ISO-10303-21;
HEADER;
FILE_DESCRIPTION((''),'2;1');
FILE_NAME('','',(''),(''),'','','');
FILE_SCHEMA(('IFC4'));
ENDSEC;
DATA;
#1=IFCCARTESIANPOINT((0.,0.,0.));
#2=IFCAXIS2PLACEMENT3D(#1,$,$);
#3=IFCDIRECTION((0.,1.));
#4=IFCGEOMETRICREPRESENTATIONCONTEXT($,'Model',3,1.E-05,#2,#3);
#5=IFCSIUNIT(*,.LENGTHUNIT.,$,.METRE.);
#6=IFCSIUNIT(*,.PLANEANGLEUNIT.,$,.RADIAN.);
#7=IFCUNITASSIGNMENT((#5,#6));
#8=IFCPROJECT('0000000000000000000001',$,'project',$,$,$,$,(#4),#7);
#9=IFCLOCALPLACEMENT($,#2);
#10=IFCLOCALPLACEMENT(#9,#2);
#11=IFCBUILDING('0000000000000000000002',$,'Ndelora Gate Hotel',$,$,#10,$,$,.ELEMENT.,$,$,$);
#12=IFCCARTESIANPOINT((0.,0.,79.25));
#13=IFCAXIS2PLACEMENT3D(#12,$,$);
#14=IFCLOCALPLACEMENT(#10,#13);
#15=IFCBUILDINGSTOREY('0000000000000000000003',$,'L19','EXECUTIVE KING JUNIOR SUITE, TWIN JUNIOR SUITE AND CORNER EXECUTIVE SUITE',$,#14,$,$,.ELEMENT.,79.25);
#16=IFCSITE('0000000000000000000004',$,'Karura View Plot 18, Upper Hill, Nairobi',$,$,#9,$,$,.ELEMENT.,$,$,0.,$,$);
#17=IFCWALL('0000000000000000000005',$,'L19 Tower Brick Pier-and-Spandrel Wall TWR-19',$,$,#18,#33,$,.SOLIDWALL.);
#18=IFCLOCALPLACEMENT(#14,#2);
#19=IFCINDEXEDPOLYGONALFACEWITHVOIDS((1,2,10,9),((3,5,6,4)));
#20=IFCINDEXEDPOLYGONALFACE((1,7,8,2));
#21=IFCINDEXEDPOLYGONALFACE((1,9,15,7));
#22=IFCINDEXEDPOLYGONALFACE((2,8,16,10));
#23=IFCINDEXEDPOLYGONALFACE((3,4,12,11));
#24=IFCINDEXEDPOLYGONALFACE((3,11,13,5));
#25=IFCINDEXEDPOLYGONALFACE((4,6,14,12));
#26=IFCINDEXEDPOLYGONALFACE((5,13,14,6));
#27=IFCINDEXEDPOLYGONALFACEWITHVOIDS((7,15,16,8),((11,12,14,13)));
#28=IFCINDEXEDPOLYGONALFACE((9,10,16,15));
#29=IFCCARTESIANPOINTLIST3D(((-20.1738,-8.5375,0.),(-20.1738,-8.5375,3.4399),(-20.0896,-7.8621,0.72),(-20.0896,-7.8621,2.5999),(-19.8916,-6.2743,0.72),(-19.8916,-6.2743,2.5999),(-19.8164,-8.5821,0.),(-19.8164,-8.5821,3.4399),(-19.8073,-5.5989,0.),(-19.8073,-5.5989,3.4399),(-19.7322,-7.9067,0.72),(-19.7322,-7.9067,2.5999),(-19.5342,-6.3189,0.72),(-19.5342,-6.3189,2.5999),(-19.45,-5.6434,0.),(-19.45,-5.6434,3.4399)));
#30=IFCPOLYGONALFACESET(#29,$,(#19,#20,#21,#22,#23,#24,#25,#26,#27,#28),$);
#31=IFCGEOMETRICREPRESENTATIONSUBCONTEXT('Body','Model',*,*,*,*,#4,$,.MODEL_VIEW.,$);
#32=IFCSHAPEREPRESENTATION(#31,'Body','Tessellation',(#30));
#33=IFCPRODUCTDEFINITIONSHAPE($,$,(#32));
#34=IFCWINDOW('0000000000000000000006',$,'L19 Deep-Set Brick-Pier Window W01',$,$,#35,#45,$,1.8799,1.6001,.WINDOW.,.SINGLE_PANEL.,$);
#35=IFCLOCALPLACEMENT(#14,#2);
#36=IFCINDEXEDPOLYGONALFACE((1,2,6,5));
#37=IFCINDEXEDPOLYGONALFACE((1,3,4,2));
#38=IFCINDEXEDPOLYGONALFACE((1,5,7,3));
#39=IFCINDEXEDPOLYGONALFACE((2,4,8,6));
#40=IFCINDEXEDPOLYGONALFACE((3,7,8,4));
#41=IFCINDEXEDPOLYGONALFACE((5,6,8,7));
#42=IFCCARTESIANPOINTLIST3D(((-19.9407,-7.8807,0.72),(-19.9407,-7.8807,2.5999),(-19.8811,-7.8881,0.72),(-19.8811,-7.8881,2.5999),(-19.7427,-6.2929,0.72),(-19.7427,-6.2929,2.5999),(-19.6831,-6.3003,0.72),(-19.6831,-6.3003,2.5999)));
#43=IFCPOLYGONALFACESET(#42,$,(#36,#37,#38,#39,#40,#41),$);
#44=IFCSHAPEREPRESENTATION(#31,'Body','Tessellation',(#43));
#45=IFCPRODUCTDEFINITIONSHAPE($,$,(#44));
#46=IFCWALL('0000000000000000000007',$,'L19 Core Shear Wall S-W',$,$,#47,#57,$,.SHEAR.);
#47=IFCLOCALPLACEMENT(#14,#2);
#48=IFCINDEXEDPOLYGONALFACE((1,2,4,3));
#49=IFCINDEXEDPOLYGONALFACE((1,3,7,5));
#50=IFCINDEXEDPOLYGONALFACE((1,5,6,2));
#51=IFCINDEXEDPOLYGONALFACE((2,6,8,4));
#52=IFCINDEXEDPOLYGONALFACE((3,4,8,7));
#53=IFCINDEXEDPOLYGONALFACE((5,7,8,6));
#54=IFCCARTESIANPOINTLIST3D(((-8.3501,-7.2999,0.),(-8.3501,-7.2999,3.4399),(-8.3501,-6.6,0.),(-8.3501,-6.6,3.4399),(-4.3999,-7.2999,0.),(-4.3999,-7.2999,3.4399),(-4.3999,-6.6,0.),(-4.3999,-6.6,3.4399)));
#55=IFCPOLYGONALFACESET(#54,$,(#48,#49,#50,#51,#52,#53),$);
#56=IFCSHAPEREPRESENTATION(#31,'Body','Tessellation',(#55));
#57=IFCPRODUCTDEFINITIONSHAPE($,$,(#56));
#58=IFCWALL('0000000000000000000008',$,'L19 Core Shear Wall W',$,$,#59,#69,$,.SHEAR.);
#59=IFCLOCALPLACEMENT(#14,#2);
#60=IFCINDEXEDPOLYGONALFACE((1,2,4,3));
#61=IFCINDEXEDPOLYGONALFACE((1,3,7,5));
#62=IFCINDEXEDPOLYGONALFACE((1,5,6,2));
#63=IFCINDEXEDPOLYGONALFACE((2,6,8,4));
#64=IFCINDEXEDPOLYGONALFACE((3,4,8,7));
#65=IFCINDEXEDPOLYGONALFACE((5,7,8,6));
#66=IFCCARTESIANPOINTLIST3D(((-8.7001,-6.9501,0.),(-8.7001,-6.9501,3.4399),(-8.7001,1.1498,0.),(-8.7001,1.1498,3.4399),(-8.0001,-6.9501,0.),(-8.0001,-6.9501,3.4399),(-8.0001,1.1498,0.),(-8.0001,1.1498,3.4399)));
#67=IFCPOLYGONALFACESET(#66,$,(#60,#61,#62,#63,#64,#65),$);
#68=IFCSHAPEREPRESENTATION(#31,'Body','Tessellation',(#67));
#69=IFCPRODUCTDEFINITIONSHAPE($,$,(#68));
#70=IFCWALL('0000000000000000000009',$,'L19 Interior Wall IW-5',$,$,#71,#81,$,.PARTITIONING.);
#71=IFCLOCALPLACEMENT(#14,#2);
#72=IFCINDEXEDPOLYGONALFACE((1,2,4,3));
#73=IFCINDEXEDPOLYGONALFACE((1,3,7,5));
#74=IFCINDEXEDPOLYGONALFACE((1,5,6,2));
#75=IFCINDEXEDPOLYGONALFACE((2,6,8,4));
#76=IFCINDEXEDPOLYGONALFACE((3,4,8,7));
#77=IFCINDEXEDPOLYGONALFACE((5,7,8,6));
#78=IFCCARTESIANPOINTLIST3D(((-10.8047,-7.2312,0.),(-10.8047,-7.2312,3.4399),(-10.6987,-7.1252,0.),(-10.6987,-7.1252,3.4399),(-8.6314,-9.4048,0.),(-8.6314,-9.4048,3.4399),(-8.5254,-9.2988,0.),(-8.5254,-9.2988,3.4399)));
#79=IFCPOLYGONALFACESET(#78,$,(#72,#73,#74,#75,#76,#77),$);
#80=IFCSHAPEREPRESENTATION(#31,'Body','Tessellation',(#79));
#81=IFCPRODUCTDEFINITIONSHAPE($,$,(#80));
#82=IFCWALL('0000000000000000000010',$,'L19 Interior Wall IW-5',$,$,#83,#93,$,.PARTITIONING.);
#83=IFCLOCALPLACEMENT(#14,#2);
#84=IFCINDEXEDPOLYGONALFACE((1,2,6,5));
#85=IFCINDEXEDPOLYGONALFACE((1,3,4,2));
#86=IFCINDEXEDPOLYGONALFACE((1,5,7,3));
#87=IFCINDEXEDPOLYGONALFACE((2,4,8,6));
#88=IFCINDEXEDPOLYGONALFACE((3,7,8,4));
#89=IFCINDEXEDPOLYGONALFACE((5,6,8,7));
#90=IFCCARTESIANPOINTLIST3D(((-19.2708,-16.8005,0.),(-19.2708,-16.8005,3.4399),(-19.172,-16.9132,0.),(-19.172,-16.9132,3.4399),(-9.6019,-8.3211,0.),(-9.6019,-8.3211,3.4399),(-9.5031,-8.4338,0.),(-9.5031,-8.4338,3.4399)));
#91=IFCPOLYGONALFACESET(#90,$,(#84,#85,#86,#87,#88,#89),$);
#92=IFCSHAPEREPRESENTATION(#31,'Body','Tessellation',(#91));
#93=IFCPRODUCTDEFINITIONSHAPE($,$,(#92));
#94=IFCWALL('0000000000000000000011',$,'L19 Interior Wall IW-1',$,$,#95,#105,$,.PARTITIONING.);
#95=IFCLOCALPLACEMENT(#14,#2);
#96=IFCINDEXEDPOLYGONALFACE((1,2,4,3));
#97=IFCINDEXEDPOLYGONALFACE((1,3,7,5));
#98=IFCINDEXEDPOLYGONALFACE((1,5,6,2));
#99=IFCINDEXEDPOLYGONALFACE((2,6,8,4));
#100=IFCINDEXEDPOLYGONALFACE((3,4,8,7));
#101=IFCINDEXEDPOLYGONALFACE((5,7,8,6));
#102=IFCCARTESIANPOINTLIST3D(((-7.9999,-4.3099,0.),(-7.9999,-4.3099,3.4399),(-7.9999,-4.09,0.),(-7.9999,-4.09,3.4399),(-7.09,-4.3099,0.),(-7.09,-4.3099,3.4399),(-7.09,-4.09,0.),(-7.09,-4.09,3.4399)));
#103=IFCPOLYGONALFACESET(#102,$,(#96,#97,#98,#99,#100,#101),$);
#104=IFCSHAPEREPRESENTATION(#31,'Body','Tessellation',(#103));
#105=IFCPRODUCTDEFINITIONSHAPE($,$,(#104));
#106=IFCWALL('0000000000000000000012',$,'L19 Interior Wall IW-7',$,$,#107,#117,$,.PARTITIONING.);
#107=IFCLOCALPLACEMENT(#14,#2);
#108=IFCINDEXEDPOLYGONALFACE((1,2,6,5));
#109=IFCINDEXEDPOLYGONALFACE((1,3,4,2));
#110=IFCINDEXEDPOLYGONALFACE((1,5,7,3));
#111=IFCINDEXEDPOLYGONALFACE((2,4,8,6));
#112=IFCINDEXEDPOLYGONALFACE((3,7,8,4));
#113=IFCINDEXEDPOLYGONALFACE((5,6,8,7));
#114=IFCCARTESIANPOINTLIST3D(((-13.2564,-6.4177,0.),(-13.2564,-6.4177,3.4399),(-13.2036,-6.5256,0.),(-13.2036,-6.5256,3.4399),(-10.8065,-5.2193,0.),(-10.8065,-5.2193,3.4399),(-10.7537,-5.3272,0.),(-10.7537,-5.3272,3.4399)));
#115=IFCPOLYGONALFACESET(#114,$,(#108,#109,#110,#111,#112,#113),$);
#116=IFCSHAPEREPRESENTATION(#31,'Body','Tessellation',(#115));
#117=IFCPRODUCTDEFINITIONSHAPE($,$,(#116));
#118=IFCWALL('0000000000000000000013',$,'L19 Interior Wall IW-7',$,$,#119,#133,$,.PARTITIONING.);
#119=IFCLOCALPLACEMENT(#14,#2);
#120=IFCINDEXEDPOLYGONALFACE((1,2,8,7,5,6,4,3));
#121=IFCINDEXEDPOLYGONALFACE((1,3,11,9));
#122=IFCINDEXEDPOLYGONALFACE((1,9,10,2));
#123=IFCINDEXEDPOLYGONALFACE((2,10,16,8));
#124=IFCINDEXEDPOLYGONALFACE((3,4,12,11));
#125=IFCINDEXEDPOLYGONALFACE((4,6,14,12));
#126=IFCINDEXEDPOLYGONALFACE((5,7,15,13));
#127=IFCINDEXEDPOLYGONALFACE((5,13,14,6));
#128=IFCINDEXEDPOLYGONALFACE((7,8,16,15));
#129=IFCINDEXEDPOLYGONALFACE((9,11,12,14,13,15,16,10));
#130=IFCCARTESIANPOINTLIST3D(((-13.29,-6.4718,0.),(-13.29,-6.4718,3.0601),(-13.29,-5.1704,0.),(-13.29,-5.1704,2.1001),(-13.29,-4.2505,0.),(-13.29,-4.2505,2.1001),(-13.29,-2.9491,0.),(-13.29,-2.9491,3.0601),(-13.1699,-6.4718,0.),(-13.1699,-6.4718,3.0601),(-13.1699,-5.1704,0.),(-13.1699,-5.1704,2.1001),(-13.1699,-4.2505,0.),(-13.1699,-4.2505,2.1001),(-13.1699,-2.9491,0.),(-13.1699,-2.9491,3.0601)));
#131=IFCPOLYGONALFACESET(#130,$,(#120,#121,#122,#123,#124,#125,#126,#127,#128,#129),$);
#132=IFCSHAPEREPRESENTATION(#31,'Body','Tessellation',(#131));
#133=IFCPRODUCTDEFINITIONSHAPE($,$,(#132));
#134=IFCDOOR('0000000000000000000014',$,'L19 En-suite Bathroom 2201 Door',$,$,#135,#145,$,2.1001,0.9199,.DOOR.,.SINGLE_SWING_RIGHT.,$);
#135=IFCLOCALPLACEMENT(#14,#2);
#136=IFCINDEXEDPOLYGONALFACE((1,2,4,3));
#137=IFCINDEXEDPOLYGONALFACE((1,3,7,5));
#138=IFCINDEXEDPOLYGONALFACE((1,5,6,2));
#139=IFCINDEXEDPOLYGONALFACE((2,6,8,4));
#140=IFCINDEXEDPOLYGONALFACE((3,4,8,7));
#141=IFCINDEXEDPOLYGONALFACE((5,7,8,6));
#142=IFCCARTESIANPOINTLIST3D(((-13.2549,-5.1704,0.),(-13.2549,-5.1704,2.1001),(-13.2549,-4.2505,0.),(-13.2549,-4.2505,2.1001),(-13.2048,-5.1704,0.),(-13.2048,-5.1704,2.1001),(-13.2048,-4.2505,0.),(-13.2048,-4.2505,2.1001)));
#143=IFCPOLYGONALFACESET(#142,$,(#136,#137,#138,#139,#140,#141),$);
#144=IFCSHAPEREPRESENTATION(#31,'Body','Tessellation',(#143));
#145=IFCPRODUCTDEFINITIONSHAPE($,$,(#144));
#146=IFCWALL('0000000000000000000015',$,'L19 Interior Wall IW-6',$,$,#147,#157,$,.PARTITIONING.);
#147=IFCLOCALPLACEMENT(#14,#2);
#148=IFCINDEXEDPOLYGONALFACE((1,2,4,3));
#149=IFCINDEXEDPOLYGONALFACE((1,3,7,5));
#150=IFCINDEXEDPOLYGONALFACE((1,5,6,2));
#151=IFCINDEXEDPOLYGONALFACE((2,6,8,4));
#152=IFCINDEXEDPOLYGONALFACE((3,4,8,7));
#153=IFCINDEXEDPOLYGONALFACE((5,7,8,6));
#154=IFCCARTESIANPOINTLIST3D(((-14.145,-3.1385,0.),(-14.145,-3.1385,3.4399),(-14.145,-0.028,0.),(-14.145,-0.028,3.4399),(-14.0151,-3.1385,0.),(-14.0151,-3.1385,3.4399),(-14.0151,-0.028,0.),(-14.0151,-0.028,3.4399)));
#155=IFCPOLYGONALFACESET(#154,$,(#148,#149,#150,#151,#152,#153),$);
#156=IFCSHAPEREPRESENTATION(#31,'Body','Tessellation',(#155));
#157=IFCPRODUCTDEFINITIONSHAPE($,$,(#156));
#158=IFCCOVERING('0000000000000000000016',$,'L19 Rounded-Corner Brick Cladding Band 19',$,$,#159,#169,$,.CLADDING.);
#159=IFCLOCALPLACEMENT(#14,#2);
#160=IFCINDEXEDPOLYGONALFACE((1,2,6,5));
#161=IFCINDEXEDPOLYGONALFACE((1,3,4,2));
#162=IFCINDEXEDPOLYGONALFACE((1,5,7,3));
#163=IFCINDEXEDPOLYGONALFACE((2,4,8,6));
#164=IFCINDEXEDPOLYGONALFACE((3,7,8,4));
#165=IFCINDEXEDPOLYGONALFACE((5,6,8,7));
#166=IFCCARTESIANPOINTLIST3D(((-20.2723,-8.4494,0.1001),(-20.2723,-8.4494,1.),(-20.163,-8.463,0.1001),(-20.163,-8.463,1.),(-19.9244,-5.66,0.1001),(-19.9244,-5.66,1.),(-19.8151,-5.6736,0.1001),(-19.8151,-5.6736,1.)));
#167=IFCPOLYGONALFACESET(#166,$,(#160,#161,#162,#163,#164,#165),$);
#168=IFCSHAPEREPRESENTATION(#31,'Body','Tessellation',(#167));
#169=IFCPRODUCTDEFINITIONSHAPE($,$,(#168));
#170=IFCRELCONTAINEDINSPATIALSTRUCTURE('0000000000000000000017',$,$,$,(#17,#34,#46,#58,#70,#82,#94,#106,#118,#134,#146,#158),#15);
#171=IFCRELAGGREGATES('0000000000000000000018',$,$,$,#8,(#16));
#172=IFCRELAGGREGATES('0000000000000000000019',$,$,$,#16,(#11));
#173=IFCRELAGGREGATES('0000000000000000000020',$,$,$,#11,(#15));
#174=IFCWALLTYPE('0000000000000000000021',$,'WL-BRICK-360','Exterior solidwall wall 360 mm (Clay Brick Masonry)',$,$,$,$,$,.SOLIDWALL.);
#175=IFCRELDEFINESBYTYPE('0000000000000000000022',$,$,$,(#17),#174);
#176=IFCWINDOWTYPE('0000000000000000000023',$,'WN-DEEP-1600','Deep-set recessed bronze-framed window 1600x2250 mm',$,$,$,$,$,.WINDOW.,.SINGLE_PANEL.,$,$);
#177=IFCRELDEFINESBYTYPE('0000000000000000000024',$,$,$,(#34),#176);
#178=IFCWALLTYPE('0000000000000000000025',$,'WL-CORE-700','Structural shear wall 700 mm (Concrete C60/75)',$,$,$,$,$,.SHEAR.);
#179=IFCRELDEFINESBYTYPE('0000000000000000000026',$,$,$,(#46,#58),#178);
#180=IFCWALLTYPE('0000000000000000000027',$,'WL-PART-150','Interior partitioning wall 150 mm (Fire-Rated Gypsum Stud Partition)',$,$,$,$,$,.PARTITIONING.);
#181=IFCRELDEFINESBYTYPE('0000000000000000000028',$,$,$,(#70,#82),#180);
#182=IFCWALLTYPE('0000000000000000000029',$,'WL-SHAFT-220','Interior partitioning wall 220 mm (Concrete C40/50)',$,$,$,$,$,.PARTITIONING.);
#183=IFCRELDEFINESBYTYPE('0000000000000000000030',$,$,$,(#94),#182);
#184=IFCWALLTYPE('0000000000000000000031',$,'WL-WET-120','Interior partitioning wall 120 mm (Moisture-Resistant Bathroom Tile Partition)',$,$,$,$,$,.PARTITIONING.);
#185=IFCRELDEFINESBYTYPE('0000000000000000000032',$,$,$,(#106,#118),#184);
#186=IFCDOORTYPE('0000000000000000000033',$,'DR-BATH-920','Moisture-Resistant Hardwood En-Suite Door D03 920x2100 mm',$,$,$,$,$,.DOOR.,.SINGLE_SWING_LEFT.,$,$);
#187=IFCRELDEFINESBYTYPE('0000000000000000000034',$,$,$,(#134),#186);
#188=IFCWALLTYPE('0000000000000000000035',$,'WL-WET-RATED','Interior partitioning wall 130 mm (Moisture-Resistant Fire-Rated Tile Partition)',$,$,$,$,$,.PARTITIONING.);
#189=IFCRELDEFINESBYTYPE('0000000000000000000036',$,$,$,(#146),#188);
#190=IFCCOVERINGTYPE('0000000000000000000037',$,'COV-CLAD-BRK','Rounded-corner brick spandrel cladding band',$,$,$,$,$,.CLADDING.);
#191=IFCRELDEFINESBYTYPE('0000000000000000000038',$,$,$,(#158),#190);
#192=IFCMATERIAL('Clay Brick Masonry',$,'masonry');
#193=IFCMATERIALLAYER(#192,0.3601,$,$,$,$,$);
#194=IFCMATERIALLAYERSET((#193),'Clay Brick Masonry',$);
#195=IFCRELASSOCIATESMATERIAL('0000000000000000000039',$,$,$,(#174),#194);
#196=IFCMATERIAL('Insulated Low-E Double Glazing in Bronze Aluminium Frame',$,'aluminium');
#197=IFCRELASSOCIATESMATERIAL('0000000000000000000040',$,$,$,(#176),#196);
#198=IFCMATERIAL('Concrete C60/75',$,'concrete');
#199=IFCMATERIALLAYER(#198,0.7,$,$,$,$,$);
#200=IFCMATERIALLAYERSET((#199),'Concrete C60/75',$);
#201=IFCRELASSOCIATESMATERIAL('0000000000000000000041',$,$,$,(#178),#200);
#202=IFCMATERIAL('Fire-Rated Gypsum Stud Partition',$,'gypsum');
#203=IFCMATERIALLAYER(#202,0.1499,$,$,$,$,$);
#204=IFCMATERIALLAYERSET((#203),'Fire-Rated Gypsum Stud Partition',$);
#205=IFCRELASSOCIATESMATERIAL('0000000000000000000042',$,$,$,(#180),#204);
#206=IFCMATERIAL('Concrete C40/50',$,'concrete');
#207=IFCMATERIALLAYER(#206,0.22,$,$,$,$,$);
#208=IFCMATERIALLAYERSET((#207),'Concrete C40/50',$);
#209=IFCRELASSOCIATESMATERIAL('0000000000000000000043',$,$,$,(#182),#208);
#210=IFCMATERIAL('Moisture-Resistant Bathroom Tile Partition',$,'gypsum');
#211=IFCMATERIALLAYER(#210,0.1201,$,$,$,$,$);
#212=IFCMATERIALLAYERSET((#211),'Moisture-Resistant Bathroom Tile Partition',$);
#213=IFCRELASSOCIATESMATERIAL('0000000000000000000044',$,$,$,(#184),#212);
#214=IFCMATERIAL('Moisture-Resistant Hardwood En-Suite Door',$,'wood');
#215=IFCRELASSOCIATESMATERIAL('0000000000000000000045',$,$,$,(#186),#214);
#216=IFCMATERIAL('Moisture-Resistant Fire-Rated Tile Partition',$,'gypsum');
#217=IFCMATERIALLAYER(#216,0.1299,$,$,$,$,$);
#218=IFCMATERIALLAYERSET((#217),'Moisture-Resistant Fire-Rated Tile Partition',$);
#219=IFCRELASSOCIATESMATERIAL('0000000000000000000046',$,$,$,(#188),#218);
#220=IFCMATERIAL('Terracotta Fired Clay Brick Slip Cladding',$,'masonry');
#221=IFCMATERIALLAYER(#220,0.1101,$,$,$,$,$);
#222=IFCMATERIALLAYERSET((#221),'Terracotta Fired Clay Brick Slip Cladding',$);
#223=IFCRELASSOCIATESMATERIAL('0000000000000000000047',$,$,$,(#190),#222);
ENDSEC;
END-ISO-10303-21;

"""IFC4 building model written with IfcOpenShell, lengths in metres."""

from ifc_helpers import new_model, si_unit, direction, frame, frame_2d, origin, origin_2d, place, context, subcontext, project, spatial, rectangle, extrude, material, layer, layer_set, type_object, element, fill, save


model = new_model("IFC4")

# Units and contexts
model_context = context("Model", 3, precision=1e-05, world=origin(), true_north=direction((0.0, 1.0)))
body_context = subcontext(model_context, "Body", "Model", "MODEL_VIEW")
ifc_project = project(units=[si_unit("LENGTHUNIT", "METRE"), si_unit("PLANEANGLEUNIT", "RADIAN")], contexts=[model_context])

# Site, building, storey
site_placement = place(None, origin())
site = spatial("IfcSite", under=ifc_project, at=site_placement, Name="Karura View Plot 18, Upper Hill, Nairobi", CompositionType="ELEMENT", RefElevation=0.0)
building_placement = place(site_placement, origin())
building = spatial("IfcBuilding", under=site, at=building_placement, Name="Ndelora Gate Hotel", CompositionType="ELEMENT")
storey_placement = place(building_placement, frame((0.0, 0.0, 79.25)))
storey = spatial("IfcBuildingStorey", under=building, at=storey_placement, Name="L19", Description="EXECUTIVE KING JUNIOR SUITE, TWIN JUNIOR SUITE AND CORNER EXECUTIVE SUITE", CompositionType="ELEMENT", Elevation=79.25)

# Shared definitions
ifc_material_1 = material(Name="Concrete C60/75", Category="concrete")

# Wall, opening, window
ifc_material_2 = material(Name="Clay Brick Masonry", Category="masonry")
ifc_layer_1 = layer(ifc_material_2, 0.3601)
ifc_layer_set_1 = layer_set([ifc_layer_1], Name="Clay Brick Masonry")
wall_type_1 = type_object("IfcWallType", Name="WL-BRICK-360", Description="Exterior solidwall wall 360 mm (Clay Brick Masonry)", PredefinedType="SOLIDWALL", material=ifc_layer_set_1)
ifc_material_3 = material(Name="Insulated Low-E Double Glazing in Bronze Aluminium Frame", Category="aluminium")
window_type = type_object("IfcWindowType", Name="WN-DEEP-1600", Description="Deep-set recessed bronze-framed window 1600x2250 mm", PartitioningType="SINGLE_PANEL", PredefinedType="WINDOW", material=ifc_material_3)
wall_1_placement = place(storey_placement, frame((-19.9951, -8.5598, 0.0), z_axis=(0.0, 0.0, 1.0), x_axis=(0.12374, 0.992315, 0.0)))
wall_1 = element("IfcWall", 1, at=wall_1_placement, inside=storey, type_object=wall_type_1, Name="L19 Tower Brick Pier-and-Spandrel Wall TWR-19", PredefinedType="SOLIDWALL", context=body_context, shape_type="SweptSolid", body=[
    extrude(rectangle(XDim=2.9614, YDim=0.3601, at=frame_2d((1.4807, 0.0))), origin(), (0.0, 0.0, 1.0), 3.4399),
])
opening_1_placement = place(wall_1_placement, frame((0.6807, 0.0, 0.72)))
opening_1 = element("IfcOpeningElement", 2, at=opening_1_placement, cuts=wall_1, PredefinedType="OPENING", context=body_context, shape_type="SweptSolid", body=[
    extrude(rectangle(XDim=1.6001, YDim=1.8799, at=frame_2d((0.8, 0.9399))), frame((0.0, 0.1899, 0.0), z_axis=(0.0, -1.0, 0.0), x_axis=(1.0, 0.0, 0.0)), (0.0, 0.0, 1.0), 0.3801),
])
window_1_placement = place(opening_1_placement, origin())
window_1 = element("IfcWindow", 3, at=window_1_placement, inside=storey, type_object=window_type, Name="L19 Deep-Set Brick-Pier Window W01", OverallHeight=1.8799, OverallWidth=1.6001, PartitioningType="SINGLE_PANEL", PredefinedType="WINDOW", context=body_context, shape_type="SweptSolid", body=[
    extrude(rectangle(XDim=1.6001, YDim=1.8799, at=frame_2d((0.8, 0.9399))), frame((0.0, 0.03, 0.0), z_axis=(0.0, -1.0, 0.0), x_axis=(1.0, 0.0, 0.0)), (0.0, 0.0, 1.0), 0.0601),
])
fill(opening_1, window_1)

# Walls
ifc_layer_2 = layer(ifc_material_1, 0.7)
ifc_layer_set_2 = layer_set([ifc_layer_2], Name="Concrete C60/75")
wall_type_2 = type_object("IfcWallType", Name="WL-CORE-700", Description="Structural shear wall 700 mm (Concrete C60/75)", PredefinedType="SHEAR", material=ifc_layer_set_2)
wall_2_placement = place(storey_placement, frame((-8.3501, -6.95, 0.0), z_axis=(0.0, 0.0, 1.0), x_axis=(1.0, 0.0, 0.0)))
element("IfcWall", 4, at=wall_2_placement, inside=storey, type_object=wall_type_2, Name="L19 Core Shear Wall S-W", PredefinedType="SHEAR", context=body_context, shape_type="SweptSolid", body=[
    extrude(rectangle(XDim=3.9502, YDim=0.7, at=frame_2d((1.9751, 0.0))), origin(), (0.0, 0.0, 1.0), 3.4399),
])
wall_3_placement = place(storey_placement, frame((-8.3501, -6.95, 0.0), z_axis=(0.0, 0.0, 1.0), x_axis=(0.0, 1.0, 0.0)))
element("IfcWall", 5, at=wall_3_placement, inside=storey, type_object=wall_type_2, Name="L19 Core Shear Wall W", PredefinedType="SHEAR", context=body_context, shape_type="SweptSolid", body=[
    extrude(rectangle(XDim=8.0999, YDim=0.7, at=frame_2d((4.0498, 0.0))), origin(), (0.0, 0.0, 1.0), 3.4399),
])

# Shared definitions
ifc_material_4 = material(Name="Fire-Rated Gypsum Stud Partition", Category="gypsum")
ifc_layer_3 = layer(ifc_material_4, 0.1499)
ifc_layer_set_3 = layer_set([ifc_layer_3], Name="Fire-Rated Gypsum Stud Partition")
wall_type_3 = type_object("IfcWallType", Name="WL-PART-150", Description="Interior partitioning wall 150 mm (Fire-Rated Gypsum Stud Partition)", PredefinedType="PARTITIONING", material=ifc_layer_set_3)

# Walls
wall_4_placement = place(storey_placement, frame((-8.5784, -9.3518, 0.0), z_axis=(0.0, 0.0, 1.0), x_axis=(-0.707067, 0.707146, 0.0)))
element("IfcWall", 6, at=wall_4_placement, inside=storey, type_object=wall_type_3, Name="L19 Interior Wall IW-5", PredefinedType="PARTITIONING", context=body_context, shape_type="SweptSolid", body=[
    extrude(rectangle(XDim=3.0737, YDim=0.1499, at=frame_2d((1.5369, 0.0))), origin(), (0.0, 0.0, 1.0), 3.4399),
])
wall_5_placement = place(storey_placement, frame((-9.5525, -8.3774, 0.0), z_axis=(0.0, 0.0, 1.0), x_axis=(-0.751838, -0.659348, 0.0)))
element("IfcWall", 7, at=wall_5_placement, inside=storey, type_object=wall_type_3, Name="L19 Interior Wall IW-5", PredefinedType="PARTITIONING", context=body_context, shape_type="SweptSolid", body=[
    extrude(rectangle(XDim=12.8604, YDim=0.1499, at=frame_2d((6.4302, 0.0))), origin(), (0.0, 0.0, 1.0), 3.4399),
])
ifc_material_5 = material(Name="Concrete C40/50", Category="concrete")
ifc_layer_4 = layer(ifc_material_5, 0.22)
ifc_layer_set_4 = layer_set([ifc_layer_4], Name="Concrete C40/50")
wall_type_4 = type_object("IfcWallType", Name="WL-SHAFT-220", Description="Interior partitioning wall 220 mm (Concrete C40/50)", PredefinedType="PARTITIONING", material=ifc_layer_set_4)
wall_6_placement = place(storey_placement, frame((-8.0, -4.2, 0.0), z_axis=(0.0, 0.0, 1.0), x_axis=(1.0, 0.0, 0.0)))
element("IfcWall", 8, at=wall_6_placement, inside=storey, type_object=wall_type_4, Name="L19 Interior Wall IW-1", PredefinedType="PARTITIONING", context=body_context, shape_type="SweptSolid", body=[
    extrude(rectangle(XDim=0.9099, YDim=0.22, at=frame_2d((0.4551, 0.0))), origin(), (0.0, 0.0, 1.0), 3.4399),
])
ifc_material_6 = material(Name="Moisture-Resistant Bathroom Tile Partition", Category="gypsum")
ifc_layer_5 = layer(ifc_material_6, 0.1201)
ifc_layer_set_5 = layer_set([ifc_layer_5], Name="Moisture-Resistant Bathroom Tile Partition")
wall_type_5 = type_object("IfcWallType", Name="WL-WET-120", Description="Interior partitioning wall 120 mm (Moisture-Resistant Bathroom Tile Partition)", PredefinedType="PARTITIONING", material=ifc_layer_set_5)
wall_7_placement = place(storey_placement, frame((-10.78, -5.2732, 0.0), z_axis=(0.0, 0.0, 1.0), x_axis=(-0.898278, -0.439427, 0.0)))
element("IfcWall", 9, at=wall_7_placement, inside=storey, type_object=wall_type_5, Name="L19 Interior Wall IW-7", PredefinedType="PARTITIONING", context=body_context, shape_type="SweptSolid", body=[
    extrude(rectangle(XDim=2.7273, YDim=0.1201, at=frame_2d((1.3638, 0.0))), origin(), (0.0, 0.0, 1.0), 3.4399),
])

# Wall, opening, door
wall_8_placement = place(storey_placement, frame((-13.23, -6.4717, 0.0), z_axis=(0.0, 0.0, 1.0), x_axis=(0.0, 1.0, 0.0)))
wall_8 = element("IfcWall", 10, at=wall_8_placement, inside=storey, type_object=wall_type_5, Name="L19 Interior Wall IW-7", PredefinedType="PARTITIONING", context=body_context, shape_type="SweptSolid", body=[
    extrude(rectangle(XDim=3.5227, YDim=0.1201, at=frame_2d((1.7612, 0.0))), origin(), (0.0, 0.0, 1.0), 3.0601),
])
opening_2_placement = place(wall_8_placement, frame((1.3013, 0.0, 0.0)))
opening_2 = element("IfcOpeningElement", 11, at=opening_2_placement, cuts=wall_8, PredefinedType="OPENING", context=body_context, shape_type="SweptSolid", body=[
    extrude(rectangle(XDim=0.9199, YDim=2.1001, at=frame_2d((0.46, 1.05))), frame((0.0, 0.0701, 0.0), z_axis=(0.0, -1.0, 0.0), x_axis=(1.0, 0.0, 0.0)), (0.0, 0.0, 1.0), 0.1401),
])
ifc_material_7 = material(Name="Moisture-Resistant Hardwood En-Suite Door", Category="wood")
door_type_1 = type_object("IfcDoorType", Name="DR-BATH-920", Description="Moisture-Resistant Hardwood En-Suite Door D03 920x2100 mm", OperationType="SINGLE_SWING_LEFT", PredefinedType="DOOR", material=ifc_material_7)
door_1_placement = place(opening_2_placement, origin())
door_1 = element("IfcDoor", 12, at=door_1_placement, inside=storey, type_object=door_type_1, Name="L19 En-suite Bathroom 2201 Door", OperationType="SINGLE_SWING_RIGHT", OverallHeight=2.1001, OverallWidth=0.9199, PredefinedType="DOOR", context=body_context, shape_type="SweptSolid", body=[
    extrude(rectangle(XDim=0.9199, YDim=2.1001, at=frame_2d((0.46, 1.05))), frame((0.0, 0.0249, 0.0), z_axis=(0.0, -1.0, 0.0), x_axis=(1.0, 0.0, 0.0)), (0.0, 0.0, 1.0), 0.05),
])
fill(opening_2, door_1)

# Wall
ifc_material_8 = material(Name="Moisture-Resistant Fire-Rated Tile Partition", Category="gypsum")
ifc_layer_6 = layer(ifc_material_8, 0.1299)
ifc_layer_set_6 = layer_set([ifc_layer_6], Name="Moisture-Resistant Fire-Rated Tile Partition")
wall_type_6 = type_object("IfcWallType", Name="WL-WET-RATED", Description="Interior partitioning wall 130 mm (Moisture-Resistant Fire-Rated Tile Partition)", PredefinedType="PARTITIONING", material=ifc_layer_set_6)
wall_9_placement = place(storey_placement, frame((-14.0801, -3.1384, 0.0), z_axis=(0.0, 0.0, 1.0), x_axis=(0.0, 1.0, 0.0)))
element("IfcWall", 13, at=wall_9_placement, inside=storey, type_object=wall_type_6, Name="L19 Interior Wall IW-6", PredefinedType="PARTITIONING", context=body_context, shape_type="SweptSolid", body=[
    extrude(rectangle(XDim=3.1106, YDim=0.1299, at=frame_2d((1.5552, 0.0))), origin(), (0.0, 0.0, 1.0), 3.4399),
])

# Covering
ifc_material_9 = material(Name="Terracotta Fired Clay Brick Slip Cladding", Category="masonry")
ifc_layer_7 = layer(ifc_material_9, 0.1101)
ifc_layer_set_7 = layer_set([ifc_layer_7], Name="Terracotta Fired Clay Brick Slip Cladding")
covering_type_1 = type_object("IfcCoveringType", Name="COV-CLAD-BRK", Description="Rounded-corner brick spandrel cladding band", PredefinedType="CLADDING", material=ifc_layer_set_7)
covering_1_placement = place(storey_placement, frame((-20.0437, -7.0615, 0.1001), z_axis=(0.0, 0.0, 1.0), x_axis=(0.123775, 0.99231, 0.0)))
element("IfcCovering", 14, at=covering_1_placement, inside=storey, type_object=covering_type_1, Name="L19 Rounded-Corner Brick Cladding Band 19", PredefinedType="CLADDING", context=body_context, shape_type="SweptSolid", body=[
    extrude(rectangle(XDim=2.811, YDim=0.1101, at=origin_2d()), origin(), (0.0, 0.0, 1.0), 0.8999),
])

save(model, "model.ifc")
